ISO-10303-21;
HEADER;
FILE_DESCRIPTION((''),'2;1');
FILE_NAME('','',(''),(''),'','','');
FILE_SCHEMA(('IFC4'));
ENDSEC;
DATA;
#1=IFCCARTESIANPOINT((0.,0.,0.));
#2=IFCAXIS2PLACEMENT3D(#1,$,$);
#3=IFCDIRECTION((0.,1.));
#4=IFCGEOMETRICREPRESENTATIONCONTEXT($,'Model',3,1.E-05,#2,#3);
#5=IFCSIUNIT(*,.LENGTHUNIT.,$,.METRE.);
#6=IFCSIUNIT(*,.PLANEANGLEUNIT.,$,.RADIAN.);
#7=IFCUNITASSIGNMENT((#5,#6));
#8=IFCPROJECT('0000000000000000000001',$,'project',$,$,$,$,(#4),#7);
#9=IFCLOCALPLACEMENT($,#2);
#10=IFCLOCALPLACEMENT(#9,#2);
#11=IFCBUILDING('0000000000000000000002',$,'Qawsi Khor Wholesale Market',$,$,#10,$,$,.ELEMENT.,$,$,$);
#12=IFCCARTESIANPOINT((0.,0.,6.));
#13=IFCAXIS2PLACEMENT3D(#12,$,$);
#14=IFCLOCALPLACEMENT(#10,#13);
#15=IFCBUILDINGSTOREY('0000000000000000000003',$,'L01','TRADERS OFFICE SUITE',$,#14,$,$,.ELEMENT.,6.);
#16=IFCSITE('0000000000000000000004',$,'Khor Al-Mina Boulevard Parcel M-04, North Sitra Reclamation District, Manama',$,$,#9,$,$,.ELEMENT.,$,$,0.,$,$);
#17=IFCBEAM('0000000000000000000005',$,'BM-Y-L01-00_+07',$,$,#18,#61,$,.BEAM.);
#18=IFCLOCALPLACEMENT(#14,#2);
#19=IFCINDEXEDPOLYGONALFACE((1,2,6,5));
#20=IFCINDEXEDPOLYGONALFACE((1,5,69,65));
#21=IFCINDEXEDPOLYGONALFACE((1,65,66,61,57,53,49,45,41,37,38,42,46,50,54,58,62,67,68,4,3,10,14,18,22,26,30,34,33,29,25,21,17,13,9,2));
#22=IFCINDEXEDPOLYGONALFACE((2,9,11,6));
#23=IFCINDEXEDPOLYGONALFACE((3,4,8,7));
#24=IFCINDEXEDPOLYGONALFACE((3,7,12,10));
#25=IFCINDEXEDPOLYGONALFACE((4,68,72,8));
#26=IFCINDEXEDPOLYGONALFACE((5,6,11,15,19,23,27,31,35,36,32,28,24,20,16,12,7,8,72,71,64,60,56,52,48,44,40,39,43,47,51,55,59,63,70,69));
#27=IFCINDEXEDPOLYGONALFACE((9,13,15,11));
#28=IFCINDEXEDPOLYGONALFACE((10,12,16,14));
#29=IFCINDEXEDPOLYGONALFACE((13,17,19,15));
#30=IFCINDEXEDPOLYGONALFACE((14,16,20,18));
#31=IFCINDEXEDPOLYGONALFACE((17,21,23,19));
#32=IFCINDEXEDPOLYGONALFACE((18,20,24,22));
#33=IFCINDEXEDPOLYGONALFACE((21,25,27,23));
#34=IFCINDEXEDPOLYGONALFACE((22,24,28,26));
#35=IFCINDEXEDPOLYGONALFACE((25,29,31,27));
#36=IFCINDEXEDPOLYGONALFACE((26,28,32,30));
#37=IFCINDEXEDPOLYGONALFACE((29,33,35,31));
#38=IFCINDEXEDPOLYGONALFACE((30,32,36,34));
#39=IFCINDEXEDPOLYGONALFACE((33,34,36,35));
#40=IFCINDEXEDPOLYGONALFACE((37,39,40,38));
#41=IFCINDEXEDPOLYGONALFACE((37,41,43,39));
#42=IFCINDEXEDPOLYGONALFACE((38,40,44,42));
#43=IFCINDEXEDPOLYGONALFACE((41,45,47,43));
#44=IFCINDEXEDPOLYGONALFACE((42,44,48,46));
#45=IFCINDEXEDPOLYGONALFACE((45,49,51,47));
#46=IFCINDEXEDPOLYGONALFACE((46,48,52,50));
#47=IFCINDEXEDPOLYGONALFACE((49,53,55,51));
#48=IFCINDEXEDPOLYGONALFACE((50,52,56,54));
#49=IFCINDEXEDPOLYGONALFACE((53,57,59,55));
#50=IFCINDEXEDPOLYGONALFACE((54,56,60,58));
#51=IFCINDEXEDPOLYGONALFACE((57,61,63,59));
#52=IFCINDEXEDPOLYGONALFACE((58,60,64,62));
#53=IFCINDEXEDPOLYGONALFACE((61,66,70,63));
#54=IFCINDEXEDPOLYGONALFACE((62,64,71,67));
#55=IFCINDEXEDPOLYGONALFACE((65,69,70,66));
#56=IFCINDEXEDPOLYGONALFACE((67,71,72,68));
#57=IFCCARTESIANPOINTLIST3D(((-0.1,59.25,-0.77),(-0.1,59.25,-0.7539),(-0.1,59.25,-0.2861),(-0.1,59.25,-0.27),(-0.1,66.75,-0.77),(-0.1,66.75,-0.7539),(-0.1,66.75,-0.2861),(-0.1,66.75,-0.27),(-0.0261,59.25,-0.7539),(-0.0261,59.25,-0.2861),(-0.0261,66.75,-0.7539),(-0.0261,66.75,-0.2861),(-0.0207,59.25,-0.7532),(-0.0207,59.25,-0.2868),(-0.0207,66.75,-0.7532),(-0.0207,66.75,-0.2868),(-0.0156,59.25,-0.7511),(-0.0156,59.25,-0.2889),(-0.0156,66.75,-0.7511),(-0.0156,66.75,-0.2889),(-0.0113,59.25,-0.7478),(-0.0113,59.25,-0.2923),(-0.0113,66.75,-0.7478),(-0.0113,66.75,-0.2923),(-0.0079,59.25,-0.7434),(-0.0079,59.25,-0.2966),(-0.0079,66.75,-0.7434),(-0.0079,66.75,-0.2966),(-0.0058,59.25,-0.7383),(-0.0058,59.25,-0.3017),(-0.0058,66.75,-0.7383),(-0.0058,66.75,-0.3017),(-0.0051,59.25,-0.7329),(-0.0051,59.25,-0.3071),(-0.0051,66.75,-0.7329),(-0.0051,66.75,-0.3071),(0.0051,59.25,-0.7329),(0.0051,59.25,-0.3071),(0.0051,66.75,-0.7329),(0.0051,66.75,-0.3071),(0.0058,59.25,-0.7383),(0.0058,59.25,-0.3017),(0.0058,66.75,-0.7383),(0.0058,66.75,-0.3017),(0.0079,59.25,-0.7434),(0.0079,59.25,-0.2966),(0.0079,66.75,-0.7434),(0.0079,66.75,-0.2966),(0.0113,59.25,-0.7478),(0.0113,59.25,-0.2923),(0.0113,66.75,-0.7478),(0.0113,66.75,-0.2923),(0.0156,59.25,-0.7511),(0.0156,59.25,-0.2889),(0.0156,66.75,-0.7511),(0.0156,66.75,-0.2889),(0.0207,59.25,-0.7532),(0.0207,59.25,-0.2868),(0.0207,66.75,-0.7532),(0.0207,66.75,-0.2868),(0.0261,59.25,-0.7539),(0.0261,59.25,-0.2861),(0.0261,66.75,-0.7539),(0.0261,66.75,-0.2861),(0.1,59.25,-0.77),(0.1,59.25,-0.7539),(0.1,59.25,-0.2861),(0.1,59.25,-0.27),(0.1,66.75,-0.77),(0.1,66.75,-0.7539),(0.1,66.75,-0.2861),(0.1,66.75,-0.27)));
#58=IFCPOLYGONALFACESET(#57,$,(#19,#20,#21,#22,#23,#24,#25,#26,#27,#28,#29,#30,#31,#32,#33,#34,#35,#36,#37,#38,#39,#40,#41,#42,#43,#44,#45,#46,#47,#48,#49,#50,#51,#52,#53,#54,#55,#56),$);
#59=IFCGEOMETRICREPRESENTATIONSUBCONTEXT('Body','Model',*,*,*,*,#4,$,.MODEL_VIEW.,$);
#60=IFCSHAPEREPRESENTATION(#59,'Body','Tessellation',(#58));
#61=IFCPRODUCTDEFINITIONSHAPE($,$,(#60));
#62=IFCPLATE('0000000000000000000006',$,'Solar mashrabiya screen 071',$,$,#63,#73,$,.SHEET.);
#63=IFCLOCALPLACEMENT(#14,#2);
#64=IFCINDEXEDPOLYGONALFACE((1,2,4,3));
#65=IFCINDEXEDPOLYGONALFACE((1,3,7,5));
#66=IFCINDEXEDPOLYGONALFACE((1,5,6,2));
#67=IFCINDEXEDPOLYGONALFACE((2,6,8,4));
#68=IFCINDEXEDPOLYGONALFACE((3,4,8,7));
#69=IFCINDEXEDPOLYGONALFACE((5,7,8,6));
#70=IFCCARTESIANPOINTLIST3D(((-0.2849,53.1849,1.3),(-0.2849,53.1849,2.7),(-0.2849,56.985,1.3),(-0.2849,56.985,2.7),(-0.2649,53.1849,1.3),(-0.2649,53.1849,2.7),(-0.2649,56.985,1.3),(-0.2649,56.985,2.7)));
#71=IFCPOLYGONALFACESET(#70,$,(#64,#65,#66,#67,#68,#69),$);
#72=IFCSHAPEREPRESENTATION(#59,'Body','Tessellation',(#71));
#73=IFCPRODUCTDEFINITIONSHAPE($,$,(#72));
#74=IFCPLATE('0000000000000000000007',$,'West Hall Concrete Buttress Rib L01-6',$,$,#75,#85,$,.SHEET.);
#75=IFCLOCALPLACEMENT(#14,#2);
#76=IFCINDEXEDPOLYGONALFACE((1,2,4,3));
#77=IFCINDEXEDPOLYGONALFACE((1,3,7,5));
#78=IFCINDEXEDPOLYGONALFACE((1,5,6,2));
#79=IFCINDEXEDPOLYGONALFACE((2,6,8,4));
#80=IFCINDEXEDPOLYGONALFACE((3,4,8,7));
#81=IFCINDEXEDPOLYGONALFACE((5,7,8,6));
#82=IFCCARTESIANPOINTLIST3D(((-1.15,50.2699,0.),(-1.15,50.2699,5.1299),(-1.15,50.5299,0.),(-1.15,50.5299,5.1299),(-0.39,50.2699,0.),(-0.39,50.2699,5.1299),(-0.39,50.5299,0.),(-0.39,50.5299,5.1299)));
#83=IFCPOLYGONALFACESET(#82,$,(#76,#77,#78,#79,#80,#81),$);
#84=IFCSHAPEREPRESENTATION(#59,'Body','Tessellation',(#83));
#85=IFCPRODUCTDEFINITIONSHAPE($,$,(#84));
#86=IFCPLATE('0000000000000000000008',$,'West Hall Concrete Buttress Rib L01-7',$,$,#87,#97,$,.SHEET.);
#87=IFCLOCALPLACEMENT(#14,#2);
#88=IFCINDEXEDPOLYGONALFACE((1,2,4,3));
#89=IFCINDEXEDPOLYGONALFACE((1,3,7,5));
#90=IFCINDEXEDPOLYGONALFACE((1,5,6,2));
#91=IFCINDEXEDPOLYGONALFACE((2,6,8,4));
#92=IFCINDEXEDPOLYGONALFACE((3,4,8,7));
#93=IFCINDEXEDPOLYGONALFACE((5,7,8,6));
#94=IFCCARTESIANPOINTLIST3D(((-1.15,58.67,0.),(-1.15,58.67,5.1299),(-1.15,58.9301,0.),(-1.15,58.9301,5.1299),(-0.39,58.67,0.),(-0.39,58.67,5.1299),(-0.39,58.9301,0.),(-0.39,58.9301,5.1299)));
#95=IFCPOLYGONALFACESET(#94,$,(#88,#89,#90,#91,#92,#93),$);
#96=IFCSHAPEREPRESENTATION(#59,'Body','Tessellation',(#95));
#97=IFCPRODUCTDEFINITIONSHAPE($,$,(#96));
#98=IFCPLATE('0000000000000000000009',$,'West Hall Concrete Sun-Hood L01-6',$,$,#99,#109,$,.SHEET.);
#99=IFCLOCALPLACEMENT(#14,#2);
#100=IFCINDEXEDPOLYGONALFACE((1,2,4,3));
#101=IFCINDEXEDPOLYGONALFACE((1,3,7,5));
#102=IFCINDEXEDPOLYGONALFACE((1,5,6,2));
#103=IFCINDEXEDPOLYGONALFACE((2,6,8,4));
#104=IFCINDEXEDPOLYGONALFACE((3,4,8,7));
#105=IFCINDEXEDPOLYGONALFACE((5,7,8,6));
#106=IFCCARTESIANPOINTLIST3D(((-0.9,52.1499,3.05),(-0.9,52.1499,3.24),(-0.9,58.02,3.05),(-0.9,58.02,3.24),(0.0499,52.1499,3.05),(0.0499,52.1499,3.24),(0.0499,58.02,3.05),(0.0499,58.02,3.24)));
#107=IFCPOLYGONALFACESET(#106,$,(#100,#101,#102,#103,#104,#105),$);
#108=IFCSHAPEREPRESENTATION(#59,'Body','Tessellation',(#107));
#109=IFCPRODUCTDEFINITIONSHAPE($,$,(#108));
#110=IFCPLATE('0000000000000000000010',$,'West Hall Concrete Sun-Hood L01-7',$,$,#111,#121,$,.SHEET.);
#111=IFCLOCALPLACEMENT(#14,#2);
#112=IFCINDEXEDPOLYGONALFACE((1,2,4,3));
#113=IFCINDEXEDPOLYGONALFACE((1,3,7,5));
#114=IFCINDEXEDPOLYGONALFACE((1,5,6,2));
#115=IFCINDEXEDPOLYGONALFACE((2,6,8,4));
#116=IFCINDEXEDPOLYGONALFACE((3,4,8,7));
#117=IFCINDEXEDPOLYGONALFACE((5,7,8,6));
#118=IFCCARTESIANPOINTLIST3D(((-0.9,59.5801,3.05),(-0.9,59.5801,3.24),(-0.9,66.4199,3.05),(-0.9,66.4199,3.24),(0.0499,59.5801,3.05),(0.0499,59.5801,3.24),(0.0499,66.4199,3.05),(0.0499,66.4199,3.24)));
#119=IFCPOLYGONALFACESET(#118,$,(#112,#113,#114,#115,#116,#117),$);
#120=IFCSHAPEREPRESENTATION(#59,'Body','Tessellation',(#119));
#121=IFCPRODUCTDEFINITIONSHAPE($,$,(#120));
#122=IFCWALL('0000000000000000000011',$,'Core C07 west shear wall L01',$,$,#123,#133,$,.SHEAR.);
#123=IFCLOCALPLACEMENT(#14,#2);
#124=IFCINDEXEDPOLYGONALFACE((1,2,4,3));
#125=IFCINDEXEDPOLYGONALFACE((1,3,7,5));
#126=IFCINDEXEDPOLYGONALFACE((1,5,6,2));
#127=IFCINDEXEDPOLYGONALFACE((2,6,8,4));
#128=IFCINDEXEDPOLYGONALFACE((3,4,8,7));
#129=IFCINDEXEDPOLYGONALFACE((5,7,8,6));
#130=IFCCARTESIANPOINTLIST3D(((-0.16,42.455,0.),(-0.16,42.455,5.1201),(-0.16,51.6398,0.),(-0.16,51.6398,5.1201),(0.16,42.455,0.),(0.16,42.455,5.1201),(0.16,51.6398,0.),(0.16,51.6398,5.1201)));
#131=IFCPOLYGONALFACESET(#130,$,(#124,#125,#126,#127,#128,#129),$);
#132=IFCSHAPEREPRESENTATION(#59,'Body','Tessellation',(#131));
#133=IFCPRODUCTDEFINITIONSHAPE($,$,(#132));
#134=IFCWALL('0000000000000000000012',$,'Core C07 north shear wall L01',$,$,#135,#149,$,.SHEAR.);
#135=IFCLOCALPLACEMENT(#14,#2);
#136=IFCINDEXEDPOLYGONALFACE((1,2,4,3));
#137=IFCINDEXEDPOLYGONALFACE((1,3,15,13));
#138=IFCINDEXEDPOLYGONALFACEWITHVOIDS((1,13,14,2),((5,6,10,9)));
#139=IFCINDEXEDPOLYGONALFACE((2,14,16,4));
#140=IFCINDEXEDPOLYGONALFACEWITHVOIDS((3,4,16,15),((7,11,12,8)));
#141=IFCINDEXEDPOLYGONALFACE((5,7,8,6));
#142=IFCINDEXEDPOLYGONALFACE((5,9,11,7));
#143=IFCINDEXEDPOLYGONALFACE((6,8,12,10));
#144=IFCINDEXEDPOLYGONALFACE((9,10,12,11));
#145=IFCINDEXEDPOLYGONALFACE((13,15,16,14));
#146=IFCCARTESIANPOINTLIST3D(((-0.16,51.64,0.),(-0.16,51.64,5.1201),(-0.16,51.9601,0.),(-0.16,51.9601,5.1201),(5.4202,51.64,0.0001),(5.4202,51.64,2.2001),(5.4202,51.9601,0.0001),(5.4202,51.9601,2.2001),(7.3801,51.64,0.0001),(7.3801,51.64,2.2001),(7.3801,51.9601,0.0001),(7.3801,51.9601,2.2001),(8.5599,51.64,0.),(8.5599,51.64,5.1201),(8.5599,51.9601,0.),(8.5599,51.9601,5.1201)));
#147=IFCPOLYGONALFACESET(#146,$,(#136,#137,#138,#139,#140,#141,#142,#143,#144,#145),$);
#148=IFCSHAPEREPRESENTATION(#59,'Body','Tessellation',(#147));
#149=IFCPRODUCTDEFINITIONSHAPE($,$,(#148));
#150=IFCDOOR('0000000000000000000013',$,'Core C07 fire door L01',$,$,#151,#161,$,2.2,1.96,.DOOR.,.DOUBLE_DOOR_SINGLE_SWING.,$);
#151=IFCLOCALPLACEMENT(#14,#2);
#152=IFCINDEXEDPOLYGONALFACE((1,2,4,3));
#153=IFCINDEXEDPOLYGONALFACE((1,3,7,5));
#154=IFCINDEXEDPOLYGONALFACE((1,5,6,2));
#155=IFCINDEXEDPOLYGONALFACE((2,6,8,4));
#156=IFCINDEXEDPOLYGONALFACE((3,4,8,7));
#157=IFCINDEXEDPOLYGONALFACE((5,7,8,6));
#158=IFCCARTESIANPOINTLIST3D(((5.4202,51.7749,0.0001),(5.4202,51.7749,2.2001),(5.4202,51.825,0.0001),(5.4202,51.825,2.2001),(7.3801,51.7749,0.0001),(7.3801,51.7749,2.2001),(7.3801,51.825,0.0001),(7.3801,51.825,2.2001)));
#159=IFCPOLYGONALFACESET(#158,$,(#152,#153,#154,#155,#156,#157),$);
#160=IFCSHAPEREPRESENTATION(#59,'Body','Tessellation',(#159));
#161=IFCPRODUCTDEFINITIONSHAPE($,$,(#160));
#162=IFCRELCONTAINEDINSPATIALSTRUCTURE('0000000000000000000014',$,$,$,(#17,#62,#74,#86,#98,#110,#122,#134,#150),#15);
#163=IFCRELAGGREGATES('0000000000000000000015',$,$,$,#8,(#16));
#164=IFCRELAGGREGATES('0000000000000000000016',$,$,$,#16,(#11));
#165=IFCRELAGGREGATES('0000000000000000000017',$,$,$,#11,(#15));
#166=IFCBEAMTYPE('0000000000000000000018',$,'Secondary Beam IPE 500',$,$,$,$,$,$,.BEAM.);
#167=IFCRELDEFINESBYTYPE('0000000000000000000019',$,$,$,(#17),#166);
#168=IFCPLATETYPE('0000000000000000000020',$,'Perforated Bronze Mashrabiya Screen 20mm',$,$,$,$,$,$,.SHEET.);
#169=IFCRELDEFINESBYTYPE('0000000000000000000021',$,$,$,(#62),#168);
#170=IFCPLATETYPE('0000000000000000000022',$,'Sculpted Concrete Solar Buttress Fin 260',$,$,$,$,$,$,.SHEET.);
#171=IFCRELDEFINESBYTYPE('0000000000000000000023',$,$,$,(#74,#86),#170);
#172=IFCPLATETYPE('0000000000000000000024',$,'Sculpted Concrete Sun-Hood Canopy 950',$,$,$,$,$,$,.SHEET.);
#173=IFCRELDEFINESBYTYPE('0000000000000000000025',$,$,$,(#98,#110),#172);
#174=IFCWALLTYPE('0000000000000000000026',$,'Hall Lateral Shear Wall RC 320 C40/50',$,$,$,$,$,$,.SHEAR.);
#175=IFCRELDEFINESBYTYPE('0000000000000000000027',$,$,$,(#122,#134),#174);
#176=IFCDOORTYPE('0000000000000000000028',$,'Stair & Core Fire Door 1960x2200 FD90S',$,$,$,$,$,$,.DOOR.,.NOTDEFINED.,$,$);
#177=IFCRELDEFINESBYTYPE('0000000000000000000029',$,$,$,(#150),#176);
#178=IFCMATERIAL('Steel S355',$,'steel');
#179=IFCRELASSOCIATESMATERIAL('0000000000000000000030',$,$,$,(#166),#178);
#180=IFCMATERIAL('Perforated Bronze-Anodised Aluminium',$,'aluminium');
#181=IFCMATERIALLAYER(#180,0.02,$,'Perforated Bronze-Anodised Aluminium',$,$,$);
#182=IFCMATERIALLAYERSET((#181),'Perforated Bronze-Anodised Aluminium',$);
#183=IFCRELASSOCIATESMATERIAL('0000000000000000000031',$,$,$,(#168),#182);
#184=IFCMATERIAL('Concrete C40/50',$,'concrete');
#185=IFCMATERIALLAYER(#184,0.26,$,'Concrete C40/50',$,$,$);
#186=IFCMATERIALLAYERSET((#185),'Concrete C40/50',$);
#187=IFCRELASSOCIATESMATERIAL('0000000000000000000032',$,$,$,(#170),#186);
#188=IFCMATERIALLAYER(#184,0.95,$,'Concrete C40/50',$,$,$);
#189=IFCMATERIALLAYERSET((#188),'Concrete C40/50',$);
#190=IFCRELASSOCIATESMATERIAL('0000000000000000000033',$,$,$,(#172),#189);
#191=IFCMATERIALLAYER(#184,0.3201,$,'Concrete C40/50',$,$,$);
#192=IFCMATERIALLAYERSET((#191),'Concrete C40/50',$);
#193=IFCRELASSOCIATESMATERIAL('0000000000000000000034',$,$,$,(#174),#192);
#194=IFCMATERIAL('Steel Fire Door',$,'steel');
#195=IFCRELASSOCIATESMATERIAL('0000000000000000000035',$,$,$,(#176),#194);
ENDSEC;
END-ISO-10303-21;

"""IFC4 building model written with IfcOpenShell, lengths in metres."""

from ifc_helpers import new_model, si_unit, direction, frame, frame_2d, origin, origin_2d, place, context, subcontext, project, spatial, rectangle, i_section, extrude, material, layer, layer_set, material_profile, profile_set, type_object, element, fill, save


model = new_model("IFC4")

# Units and contexts
model_context = context("Model", 3, precision=1e-05, world=origin(), true_north=direction((0.0, 1.0)))
body_context = subcontext(model_context, "Body", "Model", "MODEL_VIEW")
ifc_project = project(units=[si_unit("LENGTHUNIT", "METRE"), si_unit("PLANEANGLEUNIT", "RADIAN")], contexts=[model_context])

# Site, building, storey
site_placement = place(None, origin())
site = spatial("IfcSite", under=ifc_project, at=site_placement, Name="Khor Al-Mina Boulevard Parcel M-04, North Sitra Reclamation District, Manama", CompositionType="ELEMENT", RefElevation=0.0)
building_placement = place(site_placement, origin())
building = spatial("IfcBuilding", under=site, at=building_placement, Name="Qawsi Khor Wholesale Market", CompositionType="ELEMENT")
storey_placement = place(building_placement, frame((0.0, 0.0, 6.0)))
storey = spatial("IfcBuildingStorey", under=building, at=storey_placement, Name="L01", Description="TRADERS OFFICE SUITE", CompositionType="ELEMENT", Elevation=6.0)

# Shared definitions
ifc_material_1 = material(Name="Concrete C40/50", Category="concrete")

# Beam
ifc_material_2 = material(Name="Steel S355", Category="steel")
ifc_material_profile_1 = material_profile(ifc_material_2, i_section(OverallWidth=0.2, OverallDepth=0.5, WebThickness=0.0103, FlangeThickness=0.0161, FilletRadius=0.021, at=origin_2d()), Name="IPE 500")
ifc_profile_set_1 = profile_set([ifc_material_profile_1], Name="Steel S355")
beam_type_1 = type_object("IfcBeamType", Name="Secondary Beam IPE 500", PredefinedType="BEAM", material=ifc_profile_set_1)
for number, where, z_axis, x_axis, name in (
    (1, (0.0, 59.25, -0.52), (0.0, 1.0, 0.0), (-1.0, 0.0, 0.0), "BM-Y-L01-00_+07"),
):
    element("IfcBeam", number, at=place(storey_placement, frame(where, z_axis=z_axis, x_axis=x_axis)), inside=storey, type_object=beam_type_1, Name=name, PredefinedType="BEAM", context=body_context, shape_type="SweptSolid", body=[
        extrude(i_section(OverallWidth=0.2, OverallDepth=0.5, WebThickness=0.0103, FlangeThickness=0.0161, FilletRadius=0.021, at=origin_2d()), origin(), (0.0, 0.0, 1.0), 7.5),
    ])

# Plates
ifc_material_3 = material(Name="Perforated Bronze-Anodised Aluminium", Category="aluminium")
ifc_layer_1 = layer(ifc_material_3, 0.02, Name="Perforated Bronze-Anodised Aluminium")
ifc_layer_set_1 = layer_set([ifc_layer_1], Name="Perforated Bronze-Anodised Aluminium")
plate_type_1 = type_object("IfcPlateType", Name="Perforated Bronze Mashrabiya Screen 20mm", PredefinedType="SHEET", material=ifc_layer_set_1)
plate_1_placement = place(storey_placement, frame((-0.2749, 53.1851, 1.3), z_axis=(0.0, 0.0, 1.0), x_axis=(0.0, 1.0, 0.0)))
element("IfcPlate", 2, at=plate_1_placement, inside=storey, type_object=plate_type_1, Name="Solar mashrabiya screen 071", PredefinedType="SHEET", context=body_context, shape_type="SweptSolid", body=[
    extrude(rectangle(XDim=3.8, YDim=0.02, at=frame_2d((1.8999, 0.0))), origin(), (0.0, 0.0, 1.0), 1.3999),
])
ifc_layer_2 = layer(ifc_material_1, 0.26, Name="Concrete C40/50")
ifc_layer_set_2 = layer_set([ifc_layer_2], Name="Concrete C40/50")
plate_type_2 = type_object("IfcPlateType", Name="Sculpted Concrete Solar Buttress Fin 260", PredefinedType="SHEET", material=ifc_layer_set_2)
for number, where, z_axis, x_axis, name in (
    (3, (-1.1499, 50.3999, 0.0), (0.0, 0.0, 1.0), (1.0, 0.0, 0.0), "West Hall Concrete Buttress Rib L01-6"),
    (4, (-1.1499, 58.8, 0.0), (0.0, 0.0, 1.0), (1.0, 0.0, 0.0), "West Hall Concrete Buttress Rib L01-7"),
):
    element("IfcPlate", number, at=place(storey_placement, frame(where, z_axis=z_axis, x_axis=x_axis)), inside=storey, type_object=plate_type_2, Name=name, PredefinedType="SHEET", context=body_context, shape_type="SweptSolid", body=[
        extrude(rectangle(XDim=0.76, YDim=0.26, at=frame_2d((0.3799, 0.0))), origin(), (0.0, 0.0, 1.0), 5.1299),
    ])
ifc_layer_3 = layer(ifc_material_1, 0.95, Name="Concrete C40/50")
ifc_layer_set_3 = layer_set([ifc_layer_3], Name="Concrete C40/50")
plate_type_3 = type_object("IfcPlateType", Name="Sculpted Concrete Sun-Hood Canopy 950", PredefinedType="SHEET", material=ifc_layer_set_3)
plate_2_placement = place(storey_placement, frame((-0.425, 52.1499, 3.05), z_axis=(0.0, 0.0, 1.0), x_axis=(0.0, 1.0, 0.0)))
element("IfcPlate", 5, at=plate_2_placement, inside=storey, type_object=plate_type_3, Name="West Hall Concrete Sun-Hood L01-6", PredefinedType="SHEET", context=body_context, shape_type="SweptSolid", body=[
    extrude(rectangle(XDim=5.8701, YDim=0.95, at=frame_2d((2.9351, 0.0))), origin(), (0.0, 0.0, 1.0), 0.1899),
])
plate_3_placement = place(storey_placement, frame((-0.425, 59.5801, 3.05), z_axis=(0.0, 0.0, 1.0), x_axis=(0.0, 1.0, 0.0)))
element("IfcPlate", 6, at=plate_3_placement, inside=storey, type_object=plate_type_3, Name="West Hall Concrete Sun-Hood L01-7", PredefinedType="SHEET", context=body_context, shape_type="SweptSolid", body=[
    extrude(rectangle(XDim=6.8398, YDim=0.95, at=frame_2d((3.4199, 0.0))), origin(), (0.0, 0.0, 1.0), 0.1899),
])

# Wall
ifc_layer_4 = layer(ifc_material_1, 0.3201, Name="Concrete C40/50")
ifc_layer_set_4 = layer_set([ifc_layer_4], Name="Concrete C40/50")
wall_type_1 = type_object("IfcWallType", Name="Hall Lateral Shear Wall RC 320 C40/50", PredefinedType="SHEAR", material=ifc_layer_set_4)
wall_1_placement = place(storey_placement, frame((0.0, 42.4551, 0.0), z_axis=(0.0, 0.0, 1.0), x_axis=(0.0, 1.0, 0.0)))
element("IfcWall", 7, at=wall_1_placement, inside=storey, type_object=wall_type_1, Name="Core C07 west shear wall L01", PredefinedType="SHEAR", context=body_context, shape_type="SweptSolid", body=[
    extrude(rectangle(XDim=9.1848, YDim=0.3201, at=frame_2d((4.5923, 0.0))), origin(), (0.0, 0.0, 1.0), 5.1201),
])

# Wall, opening, door
wall_2_placement = place(storey_placement, frame((-0.1599, 51.8, 0.0), z_axis=(0.0, 0.0, 1.0), x_axis=(1.0, 0.0, 0.0)))
wall_2 = element("IfcWall", 8, at=wall_2_placement, inside=storey, type_object=wall_type_1, Name="Core C07 north shear wall L01", PredefinedType="SHEAR", context=body_context, shape_type="SweptSolid", body=[
    extrude(rectangle(XDim=8.72, YDim=0.3201, at=frame_2d((4.3599, 0.0))), origin(), (0.0, 0.0, 1.0), 5.1201),
])
opening_1_placement = place(wall_2_placement, frame((5.5801, 0.0, 0.0)))
opening_1 = element("IfcOpeningElement", 9, at=opening_1_placement, cuts=wall_2, PredefinedType="OPENING", context=body_context, shape_type="SweptSolid", body=[
    extrude(rectangle(XDim=1.96, YDim=2.2, at=frame_2d((0.98, 1.1001))), frame((0.0, 0.1699, 0.0), z_axis=(0.0, -1.0, 0.0), x_axis=(1.0, 0.0, 0.0)), (0.0, 0.0, 1.0), 0.3401),
])
ifc_material_4 = material(Name="Steel Fire Door", Category="steel")
door_type_1 = type_object("IfcDoorType", Name="Stair & Core Fire Door 1960x2200 FD90S", OperationType="NOTDEFINED", PredefinedType="DOOR", material=ifc_material_4)
door_1_placement = place(opening_1_placement, origin())
door_1 = element("IfcDoor", 10, at=door_1_placement, inside=storey, type_object=door_type_1, Name="Core C07 fire door L01", OperationType="DOUBLE_DOOR_SINGLE_SWING", OverallHeight=2.2, OverallWidth=1.96, PredefinedType="DOOR", context=body_context, shape_type="SweptSolid", body=[
    extrude(rectangle(XDim=1.96, YDim=2.2, at=frame_2d((0.98, 1.1001))), frame((0.0, 0.0249, 0.0), z_axis=(0.0, -1.0, 0.0), x_axis=(1.0, 0.0, 0.0)), (0.0, 0.0, 1.0), 0.05),
])
fill(opening_1, door_1)

save(model, "model.ifc")
